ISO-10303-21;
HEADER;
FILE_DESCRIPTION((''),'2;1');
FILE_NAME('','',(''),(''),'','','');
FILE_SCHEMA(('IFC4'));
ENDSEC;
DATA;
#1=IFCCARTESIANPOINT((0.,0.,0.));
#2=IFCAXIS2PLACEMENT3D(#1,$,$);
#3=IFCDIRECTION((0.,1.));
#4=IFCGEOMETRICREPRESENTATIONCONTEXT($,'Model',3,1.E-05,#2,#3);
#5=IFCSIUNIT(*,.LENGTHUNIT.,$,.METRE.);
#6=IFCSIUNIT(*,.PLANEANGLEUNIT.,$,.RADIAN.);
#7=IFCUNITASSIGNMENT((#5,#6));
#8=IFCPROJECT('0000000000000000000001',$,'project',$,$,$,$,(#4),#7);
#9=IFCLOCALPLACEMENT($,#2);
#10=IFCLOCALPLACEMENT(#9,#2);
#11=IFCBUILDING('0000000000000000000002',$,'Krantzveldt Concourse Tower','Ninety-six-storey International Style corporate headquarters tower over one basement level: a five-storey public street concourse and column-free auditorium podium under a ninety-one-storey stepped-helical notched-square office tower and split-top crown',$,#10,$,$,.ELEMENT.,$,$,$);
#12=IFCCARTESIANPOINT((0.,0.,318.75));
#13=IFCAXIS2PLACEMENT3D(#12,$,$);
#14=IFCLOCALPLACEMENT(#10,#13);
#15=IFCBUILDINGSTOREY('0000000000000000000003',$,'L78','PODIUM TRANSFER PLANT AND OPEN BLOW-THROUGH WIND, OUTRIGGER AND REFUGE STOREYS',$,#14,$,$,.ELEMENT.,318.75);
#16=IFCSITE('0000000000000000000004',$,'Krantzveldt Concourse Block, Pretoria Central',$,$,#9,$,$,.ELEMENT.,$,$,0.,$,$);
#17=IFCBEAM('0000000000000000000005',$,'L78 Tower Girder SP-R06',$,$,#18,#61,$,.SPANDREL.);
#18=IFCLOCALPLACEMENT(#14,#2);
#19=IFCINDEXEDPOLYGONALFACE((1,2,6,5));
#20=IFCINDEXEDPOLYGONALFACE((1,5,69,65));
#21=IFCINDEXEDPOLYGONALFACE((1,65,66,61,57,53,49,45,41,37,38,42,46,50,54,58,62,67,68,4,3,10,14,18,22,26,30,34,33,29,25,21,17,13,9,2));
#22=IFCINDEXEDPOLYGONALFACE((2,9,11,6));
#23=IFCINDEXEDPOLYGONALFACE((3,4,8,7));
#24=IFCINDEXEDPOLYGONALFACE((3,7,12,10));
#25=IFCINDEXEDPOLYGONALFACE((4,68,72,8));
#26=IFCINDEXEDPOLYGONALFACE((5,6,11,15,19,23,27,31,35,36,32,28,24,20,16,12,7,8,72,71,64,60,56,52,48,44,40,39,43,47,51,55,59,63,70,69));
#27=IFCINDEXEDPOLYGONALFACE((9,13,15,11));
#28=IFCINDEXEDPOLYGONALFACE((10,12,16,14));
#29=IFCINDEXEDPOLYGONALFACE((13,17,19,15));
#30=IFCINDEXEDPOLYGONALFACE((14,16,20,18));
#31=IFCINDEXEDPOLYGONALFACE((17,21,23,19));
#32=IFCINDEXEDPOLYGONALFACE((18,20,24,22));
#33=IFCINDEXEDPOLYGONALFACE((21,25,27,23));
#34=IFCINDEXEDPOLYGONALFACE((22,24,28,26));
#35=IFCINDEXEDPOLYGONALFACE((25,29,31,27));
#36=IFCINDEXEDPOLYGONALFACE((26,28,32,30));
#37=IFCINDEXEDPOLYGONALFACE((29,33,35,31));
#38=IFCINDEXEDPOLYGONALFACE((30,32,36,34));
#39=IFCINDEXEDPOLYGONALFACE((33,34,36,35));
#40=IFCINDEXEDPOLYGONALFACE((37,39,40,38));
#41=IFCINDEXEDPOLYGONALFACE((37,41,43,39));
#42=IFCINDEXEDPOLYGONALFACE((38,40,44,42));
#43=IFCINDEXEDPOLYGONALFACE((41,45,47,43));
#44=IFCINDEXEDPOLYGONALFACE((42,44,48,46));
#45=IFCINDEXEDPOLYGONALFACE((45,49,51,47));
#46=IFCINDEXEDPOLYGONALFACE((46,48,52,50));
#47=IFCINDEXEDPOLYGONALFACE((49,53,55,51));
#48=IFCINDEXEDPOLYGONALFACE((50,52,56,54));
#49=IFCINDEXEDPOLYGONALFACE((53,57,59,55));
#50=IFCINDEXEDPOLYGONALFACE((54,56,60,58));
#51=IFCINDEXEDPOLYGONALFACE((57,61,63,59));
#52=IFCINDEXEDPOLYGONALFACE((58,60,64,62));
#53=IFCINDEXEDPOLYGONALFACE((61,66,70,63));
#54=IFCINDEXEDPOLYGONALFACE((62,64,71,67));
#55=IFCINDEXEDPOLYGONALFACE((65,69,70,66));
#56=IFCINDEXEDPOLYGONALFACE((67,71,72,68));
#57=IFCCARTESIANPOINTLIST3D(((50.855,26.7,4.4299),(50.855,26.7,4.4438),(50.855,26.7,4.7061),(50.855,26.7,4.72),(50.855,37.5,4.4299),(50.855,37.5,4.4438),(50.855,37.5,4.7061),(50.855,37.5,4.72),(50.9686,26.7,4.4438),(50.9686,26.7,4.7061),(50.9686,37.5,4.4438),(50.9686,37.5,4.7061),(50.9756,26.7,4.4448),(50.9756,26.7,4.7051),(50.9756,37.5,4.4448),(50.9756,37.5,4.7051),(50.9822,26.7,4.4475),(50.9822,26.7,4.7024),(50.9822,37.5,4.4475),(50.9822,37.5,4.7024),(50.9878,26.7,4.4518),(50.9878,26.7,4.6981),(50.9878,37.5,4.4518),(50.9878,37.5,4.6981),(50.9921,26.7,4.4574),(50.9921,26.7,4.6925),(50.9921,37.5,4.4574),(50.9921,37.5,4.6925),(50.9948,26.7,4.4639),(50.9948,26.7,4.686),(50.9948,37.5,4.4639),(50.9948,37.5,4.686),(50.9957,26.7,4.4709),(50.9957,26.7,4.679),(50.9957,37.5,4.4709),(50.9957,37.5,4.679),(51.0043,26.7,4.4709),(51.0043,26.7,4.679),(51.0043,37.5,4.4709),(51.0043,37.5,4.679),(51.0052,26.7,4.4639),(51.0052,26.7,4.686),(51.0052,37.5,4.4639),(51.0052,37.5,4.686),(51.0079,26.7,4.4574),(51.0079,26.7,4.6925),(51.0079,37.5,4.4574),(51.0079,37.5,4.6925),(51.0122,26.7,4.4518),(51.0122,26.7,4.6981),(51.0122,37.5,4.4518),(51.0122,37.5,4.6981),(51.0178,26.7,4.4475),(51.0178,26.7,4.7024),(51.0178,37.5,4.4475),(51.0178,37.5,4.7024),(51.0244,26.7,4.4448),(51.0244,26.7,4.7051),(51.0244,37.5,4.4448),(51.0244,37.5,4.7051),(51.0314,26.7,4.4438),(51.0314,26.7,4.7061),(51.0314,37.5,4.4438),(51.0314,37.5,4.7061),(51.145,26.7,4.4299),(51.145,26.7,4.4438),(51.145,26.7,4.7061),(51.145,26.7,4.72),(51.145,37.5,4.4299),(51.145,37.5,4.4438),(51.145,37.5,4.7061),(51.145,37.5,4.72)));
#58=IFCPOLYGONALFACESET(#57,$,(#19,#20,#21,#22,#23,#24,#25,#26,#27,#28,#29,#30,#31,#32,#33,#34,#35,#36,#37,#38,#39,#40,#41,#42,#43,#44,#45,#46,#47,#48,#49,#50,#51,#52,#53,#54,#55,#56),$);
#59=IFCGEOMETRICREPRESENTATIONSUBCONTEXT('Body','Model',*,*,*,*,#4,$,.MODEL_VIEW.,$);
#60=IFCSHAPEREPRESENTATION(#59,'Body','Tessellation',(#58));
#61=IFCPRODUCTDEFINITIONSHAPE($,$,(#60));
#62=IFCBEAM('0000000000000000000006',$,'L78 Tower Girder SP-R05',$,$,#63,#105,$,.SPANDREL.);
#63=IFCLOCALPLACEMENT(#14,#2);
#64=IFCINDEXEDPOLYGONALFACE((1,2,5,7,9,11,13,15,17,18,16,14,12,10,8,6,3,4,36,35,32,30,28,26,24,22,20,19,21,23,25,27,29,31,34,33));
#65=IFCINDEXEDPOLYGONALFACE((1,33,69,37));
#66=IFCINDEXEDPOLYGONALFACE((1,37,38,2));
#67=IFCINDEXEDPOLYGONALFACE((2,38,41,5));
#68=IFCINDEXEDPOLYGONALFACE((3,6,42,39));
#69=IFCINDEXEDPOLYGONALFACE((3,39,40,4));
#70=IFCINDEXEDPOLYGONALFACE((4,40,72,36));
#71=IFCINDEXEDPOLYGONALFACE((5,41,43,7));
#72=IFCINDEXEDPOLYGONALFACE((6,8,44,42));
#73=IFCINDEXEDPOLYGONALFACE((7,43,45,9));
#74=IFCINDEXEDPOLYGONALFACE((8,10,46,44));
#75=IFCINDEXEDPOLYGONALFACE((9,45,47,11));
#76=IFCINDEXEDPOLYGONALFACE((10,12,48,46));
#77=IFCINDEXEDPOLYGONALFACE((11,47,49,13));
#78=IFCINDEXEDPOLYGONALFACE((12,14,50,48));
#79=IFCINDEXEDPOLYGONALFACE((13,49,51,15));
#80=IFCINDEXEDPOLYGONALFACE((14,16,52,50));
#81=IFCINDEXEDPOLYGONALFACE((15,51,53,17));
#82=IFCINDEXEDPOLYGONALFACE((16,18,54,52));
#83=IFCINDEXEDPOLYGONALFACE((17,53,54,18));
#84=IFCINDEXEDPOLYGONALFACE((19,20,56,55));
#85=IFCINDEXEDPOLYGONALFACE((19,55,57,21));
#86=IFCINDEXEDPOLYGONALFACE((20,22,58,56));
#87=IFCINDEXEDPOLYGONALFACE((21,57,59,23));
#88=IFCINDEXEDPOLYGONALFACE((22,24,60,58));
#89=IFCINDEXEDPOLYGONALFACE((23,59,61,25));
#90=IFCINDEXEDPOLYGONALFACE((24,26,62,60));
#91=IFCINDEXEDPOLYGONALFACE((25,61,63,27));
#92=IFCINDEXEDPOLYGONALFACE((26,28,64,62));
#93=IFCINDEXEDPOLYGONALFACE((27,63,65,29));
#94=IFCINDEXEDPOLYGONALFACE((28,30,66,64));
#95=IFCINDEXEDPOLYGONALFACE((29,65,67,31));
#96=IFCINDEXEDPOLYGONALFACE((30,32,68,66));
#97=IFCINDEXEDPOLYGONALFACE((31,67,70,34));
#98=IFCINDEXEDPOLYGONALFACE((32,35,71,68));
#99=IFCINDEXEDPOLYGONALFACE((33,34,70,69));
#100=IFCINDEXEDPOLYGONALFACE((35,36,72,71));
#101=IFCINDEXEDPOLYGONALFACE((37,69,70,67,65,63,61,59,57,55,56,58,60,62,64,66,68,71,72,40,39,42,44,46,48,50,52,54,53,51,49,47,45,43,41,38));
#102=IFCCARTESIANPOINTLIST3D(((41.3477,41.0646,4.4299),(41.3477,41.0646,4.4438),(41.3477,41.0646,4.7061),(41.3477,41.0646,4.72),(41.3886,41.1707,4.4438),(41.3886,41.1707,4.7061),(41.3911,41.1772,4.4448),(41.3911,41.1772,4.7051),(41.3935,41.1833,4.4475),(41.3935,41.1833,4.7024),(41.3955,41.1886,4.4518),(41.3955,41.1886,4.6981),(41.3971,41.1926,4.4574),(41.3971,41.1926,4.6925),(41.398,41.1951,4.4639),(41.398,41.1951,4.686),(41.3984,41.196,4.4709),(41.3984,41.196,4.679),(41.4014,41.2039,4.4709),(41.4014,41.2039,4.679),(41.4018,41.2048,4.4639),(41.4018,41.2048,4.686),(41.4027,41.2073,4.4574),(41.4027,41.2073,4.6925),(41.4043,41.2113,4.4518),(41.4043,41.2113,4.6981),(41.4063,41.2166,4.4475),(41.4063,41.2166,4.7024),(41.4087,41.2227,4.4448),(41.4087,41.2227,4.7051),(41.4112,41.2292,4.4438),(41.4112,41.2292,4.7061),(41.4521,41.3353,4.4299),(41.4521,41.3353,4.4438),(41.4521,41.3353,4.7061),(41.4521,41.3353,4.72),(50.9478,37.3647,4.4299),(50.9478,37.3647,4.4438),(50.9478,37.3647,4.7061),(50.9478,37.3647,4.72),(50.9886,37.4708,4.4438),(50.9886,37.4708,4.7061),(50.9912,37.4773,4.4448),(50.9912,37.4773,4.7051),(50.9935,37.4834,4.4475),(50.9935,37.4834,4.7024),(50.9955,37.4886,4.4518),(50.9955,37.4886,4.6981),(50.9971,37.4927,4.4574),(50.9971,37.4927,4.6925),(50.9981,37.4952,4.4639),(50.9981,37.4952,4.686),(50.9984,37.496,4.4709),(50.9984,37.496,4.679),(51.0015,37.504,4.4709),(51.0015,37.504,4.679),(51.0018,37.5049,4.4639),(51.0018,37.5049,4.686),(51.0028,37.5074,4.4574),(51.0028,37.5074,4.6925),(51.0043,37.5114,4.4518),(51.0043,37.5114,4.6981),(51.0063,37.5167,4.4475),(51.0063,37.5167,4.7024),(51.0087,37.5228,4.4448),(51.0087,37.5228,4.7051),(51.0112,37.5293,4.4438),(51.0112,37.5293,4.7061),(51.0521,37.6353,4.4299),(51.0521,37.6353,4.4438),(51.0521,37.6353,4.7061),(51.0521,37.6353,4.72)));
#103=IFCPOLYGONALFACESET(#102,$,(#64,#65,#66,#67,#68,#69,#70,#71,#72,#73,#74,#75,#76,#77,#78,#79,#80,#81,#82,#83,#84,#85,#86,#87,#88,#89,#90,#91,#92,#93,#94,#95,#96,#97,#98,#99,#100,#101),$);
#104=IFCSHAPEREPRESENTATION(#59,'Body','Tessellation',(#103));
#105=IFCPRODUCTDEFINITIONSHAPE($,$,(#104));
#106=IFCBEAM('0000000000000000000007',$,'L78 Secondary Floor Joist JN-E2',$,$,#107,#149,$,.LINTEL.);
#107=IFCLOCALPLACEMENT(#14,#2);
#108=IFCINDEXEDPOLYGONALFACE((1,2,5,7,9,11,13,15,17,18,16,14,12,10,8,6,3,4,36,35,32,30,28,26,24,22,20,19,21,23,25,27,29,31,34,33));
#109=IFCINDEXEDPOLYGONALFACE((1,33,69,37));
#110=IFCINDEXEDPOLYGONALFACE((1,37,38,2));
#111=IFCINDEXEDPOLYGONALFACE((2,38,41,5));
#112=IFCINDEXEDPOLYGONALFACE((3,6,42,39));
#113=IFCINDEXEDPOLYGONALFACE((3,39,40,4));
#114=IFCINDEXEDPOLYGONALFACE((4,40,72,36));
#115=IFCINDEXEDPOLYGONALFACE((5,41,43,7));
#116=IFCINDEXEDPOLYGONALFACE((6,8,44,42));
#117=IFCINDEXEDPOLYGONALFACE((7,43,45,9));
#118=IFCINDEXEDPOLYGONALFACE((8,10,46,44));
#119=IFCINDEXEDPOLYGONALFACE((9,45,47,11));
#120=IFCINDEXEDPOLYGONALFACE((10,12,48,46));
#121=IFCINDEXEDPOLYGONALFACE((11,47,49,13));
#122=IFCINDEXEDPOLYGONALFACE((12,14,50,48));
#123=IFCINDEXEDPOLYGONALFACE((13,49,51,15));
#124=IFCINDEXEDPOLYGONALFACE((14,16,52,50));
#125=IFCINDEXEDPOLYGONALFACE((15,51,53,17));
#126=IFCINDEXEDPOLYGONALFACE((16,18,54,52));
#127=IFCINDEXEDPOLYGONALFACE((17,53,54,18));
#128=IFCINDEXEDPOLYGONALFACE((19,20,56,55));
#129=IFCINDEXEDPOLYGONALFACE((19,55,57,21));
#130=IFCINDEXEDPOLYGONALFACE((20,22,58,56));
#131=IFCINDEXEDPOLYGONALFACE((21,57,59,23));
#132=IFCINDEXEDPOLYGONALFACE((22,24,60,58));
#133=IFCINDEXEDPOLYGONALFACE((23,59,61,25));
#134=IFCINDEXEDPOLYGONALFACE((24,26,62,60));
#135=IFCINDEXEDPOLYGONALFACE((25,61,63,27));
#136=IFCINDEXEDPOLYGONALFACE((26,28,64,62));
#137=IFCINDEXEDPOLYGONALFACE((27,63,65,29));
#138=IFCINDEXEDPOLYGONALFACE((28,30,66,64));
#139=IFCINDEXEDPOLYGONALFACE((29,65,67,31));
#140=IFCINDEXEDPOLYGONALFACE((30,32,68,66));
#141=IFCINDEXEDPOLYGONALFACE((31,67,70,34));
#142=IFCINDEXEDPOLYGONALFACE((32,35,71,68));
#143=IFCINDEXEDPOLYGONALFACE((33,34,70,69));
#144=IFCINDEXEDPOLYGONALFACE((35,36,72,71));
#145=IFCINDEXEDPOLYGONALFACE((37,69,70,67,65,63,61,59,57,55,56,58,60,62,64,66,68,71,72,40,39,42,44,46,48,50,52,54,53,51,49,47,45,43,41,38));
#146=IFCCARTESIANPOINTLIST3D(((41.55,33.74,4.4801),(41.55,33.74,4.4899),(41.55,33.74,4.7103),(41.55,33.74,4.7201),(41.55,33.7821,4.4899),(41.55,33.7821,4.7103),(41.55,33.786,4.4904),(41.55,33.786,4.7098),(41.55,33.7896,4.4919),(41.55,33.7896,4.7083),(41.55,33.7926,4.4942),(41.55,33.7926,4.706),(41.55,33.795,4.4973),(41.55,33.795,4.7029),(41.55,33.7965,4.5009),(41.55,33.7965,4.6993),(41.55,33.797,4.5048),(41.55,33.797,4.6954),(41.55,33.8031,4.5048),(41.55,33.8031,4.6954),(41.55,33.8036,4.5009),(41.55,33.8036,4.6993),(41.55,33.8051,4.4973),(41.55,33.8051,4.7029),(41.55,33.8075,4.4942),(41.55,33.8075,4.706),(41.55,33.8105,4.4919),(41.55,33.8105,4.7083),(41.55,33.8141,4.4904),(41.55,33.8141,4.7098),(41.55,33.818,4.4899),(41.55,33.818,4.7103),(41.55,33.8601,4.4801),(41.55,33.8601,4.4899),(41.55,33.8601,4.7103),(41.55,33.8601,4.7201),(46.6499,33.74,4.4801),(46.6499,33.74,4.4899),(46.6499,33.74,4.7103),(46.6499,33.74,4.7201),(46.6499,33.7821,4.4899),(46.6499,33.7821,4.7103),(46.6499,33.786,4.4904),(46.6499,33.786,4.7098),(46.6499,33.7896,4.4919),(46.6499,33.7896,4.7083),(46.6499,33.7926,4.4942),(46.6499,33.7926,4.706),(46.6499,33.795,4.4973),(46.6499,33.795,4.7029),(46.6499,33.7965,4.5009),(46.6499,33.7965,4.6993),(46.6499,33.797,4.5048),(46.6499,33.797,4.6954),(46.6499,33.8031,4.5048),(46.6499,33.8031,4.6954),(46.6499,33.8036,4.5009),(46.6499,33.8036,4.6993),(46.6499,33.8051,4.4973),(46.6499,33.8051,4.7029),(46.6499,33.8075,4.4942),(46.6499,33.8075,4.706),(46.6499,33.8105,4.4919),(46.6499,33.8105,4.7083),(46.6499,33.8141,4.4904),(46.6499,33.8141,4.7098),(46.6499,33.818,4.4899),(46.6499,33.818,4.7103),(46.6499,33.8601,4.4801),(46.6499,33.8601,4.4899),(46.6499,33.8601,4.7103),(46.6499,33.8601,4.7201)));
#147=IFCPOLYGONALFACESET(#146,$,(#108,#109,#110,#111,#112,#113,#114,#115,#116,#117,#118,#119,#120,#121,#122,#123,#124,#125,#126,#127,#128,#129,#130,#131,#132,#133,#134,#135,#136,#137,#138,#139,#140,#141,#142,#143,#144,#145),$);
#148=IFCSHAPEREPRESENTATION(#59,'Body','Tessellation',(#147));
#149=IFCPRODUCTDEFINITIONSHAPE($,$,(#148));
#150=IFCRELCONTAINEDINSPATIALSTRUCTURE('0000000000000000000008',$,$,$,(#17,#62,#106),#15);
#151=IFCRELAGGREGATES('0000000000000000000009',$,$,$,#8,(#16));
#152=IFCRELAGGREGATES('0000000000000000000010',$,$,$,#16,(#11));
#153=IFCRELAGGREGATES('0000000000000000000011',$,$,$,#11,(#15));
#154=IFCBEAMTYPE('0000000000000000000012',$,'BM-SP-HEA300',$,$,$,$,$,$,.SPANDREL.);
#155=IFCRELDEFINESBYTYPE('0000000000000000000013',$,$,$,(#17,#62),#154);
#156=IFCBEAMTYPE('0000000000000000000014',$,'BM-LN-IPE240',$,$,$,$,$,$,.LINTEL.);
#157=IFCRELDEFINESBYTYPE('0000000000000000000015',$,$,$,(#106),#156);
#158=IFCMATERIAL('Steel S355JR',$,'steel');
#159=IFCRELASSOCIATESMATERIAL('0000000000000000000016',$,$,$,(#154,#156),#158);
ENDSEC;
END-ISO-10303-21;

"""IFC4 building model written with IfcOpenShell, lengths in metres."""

from ifc_helpers import new_model, si_unit, direction, frame, origin, origin_2d, place, context, subcontext, project, spatial, i_section, extrude, source, transform, mapped, material, material_profile, profile_set, type_object, type_shapes, element, save


model = new_model("IFC4")

# Units and contexts
model_context = context("Model", 3, precision=1e-05, world=origin(), true_north=direction((0.0, 1.0)))
body_context = subcontext(model_context, "Body", "Model", "MODEL_VIEW")
ifc_project = project(units=[si_unit("LENGTHUNIT", "METRE"), si_unit("PLANEANGLEUNIT", "RADIAN")], contexts=[model_context])

# Site, building, storey
site_placement = place(None, origin())
site = spatial("IfcSite", under=ifc_project, at=site_placement, Name="Krantzveldt Concourse Block, Pretoria Central", CompositionType="ELEMENT", RefElevation=0.0)
building_placement = place(site_placement, origin())
building = spatial("IfcBuilding", under=site, at=building_placement, Name="Krantzveldt Concourse Tower", Description="Ninety-six-storey International Style corporate headquarters tower over one basement level: a five-storey public street concourse and column-free auditorium podium under a ninety-one-storey stepped-helical notched-square office tower and split-top crown", CompositionType="ELEMENT")
storey_placement = place(building_placement, frame((0.0, 0.0, 318.75)))
storey = spatial("IfcBuildingStorey", under=building, at=storey_placement, Name="L78", Description="PODIUM TRANSFER PLANT AND OPEN BLOW-THROUGH WIND, OUTRIGGER AND REFUGE STOREYS", CompositionType="ELEMENT", Elevation=318.75)

# Beams
ifc_material_1 = material(Name="Steel S355JR", Category="steel")
ifc_material_profile_1 = material_profile(ifc_material_1, i_section(OverallWidth=0.29, OverallDepth=0.29, WebThickness=0.0085, FlangeThickness=0.0139, FilletRadius=0.0271, at=origin_2d()), Name="Steel S355JR", Category="steel")
ifc_profile_set_1 = profile_set([ifc_material_profile_1], Name="Steel S355JR - HEA 300")
beam_type_1 = type_object("IfcBeamType", Name="BM-SP-HEA300", PredefinedType="SPANDREL", material=ifc_profile_set_1)
shared_shape_1 = source(origin(), body_context, "Body", "SweptSolid", [
    extrude(i_section(OverallWidth=0.29, OverallDepth=0.29, WebThickness=0.0085, FlangeThickness=0.0139, FilletRadius=0.0271, at=origin_2d()), origin(), (0.0, 0.0, 1.0), 10.8),
])
beam_1_placement = place(storey_placement, frame((51.0, 37.5, 4.575), z_axis=(0.0, -1.0, 0.0), x_axis=(1.0, 0.0, 0.0)))
element("IfcBeam", 1, at=beam_1_placement, inside=storey, type_object=beam_type_1, Name="L78 Tower Girder SP-R06", PredefinedType="SPANDREL", context=body_context, shape_type="MappedRepresentation", body=[
    mapped(shared_shape_1, transform((0.0, 0.0, 0.0), x_axis=(1.0, 0.0, 0.0), y_axis=(0.0, 1.0, 0.0), z_axis=(0.0, 0.0, 1.0), scale=1.0)),
])
shared_shape_2 = source(origin(), body_context, "Body", "SweptSolid", [
    extrude(i_section(OverallWidth=0.29, OverallDepth=0.29, WebThickness=0.0085, FlangeThickness=0.0139, FilletRadius=0.0271, at=origin_2d()), origin(), (0.0, 0.0, 1.0), 10.2883),
])
type_shapes(beam_type_1, [shared_shape_1, shared_shape_2])
beam_2_placement = place(storey_placement, frame((41.3999, 41.2, 4.575), z_axis=(0.933098, -0.359623, 0.0), x_axis=(0.359623, 0.933098, 0.0)))
element("IfcBeam", 2, at=beam_2_placement, inside=storey, type_object=beam_type_1, Name="L78 Tower Girder SP-R05", PredefinedType="SPANDREL", context=body_context, shape_type="MappedRepresentation", body=[
    mapped(shared_shape_2, transform((0.0, 0.0, 0.0), x_axis=(1.0, 0.0, 0.0), y_axis=(0.0, 1.0, 0.0), z_axis=(0.0, 0.0, 1.0), scale=1.0)),
])
ifc_material_profile_2 = material_profile(ifc_material_1, i_section(OverallWidth=0.1201, OverallDepth=0.24, WebThickness=0.0061, FlangeThickness=0.0098, FilletRadius=0.0149, at=origin_2d()), Name="Steel S355JR", Category="steel")
ifc_profile_set_2 = profile_set([ifc_material_profile_2], Name="Steel S355JR - IPE 240")
beam_type_2 = type_object("IfcBeamType", Name="BM-LN-IPE240", PredefinedType="LINTEL", material=ifc_profile_set_2)
shared_shape_3 = source(origin(), body_context, "Body", "SweptSolid", [
    extrude(i_section(OverallWidth=0.1201, OverallDepth=0.24, WebThickness=0.0061, FlangeThickness=0.0098, FilletRadius=0.0149, at=origin_2d()), origin(), (0.0, 0.0, 1.0), 5.0999),
])
type_shapes(beam_type_2, [shared_shape_3])
beam_3_placement = place(storey_placement, frame((41.55, 33.8, 4.6001), z_axis=(1.0, 0.0, 0.0), x_axis=(0.0, 1.0, 0.0)))
element("IfcBeam", 3, at=beam_3_placement, inside=storey, type_object=beam_type_2, Name="L78 Secondary Floor Joist JN-E2", PredefinedType="LINTEL", context=body_context, shape_type="MappedRepresentation", body=[
    mapped(shared_shape_3, transform((0.0, 0.0, 0.0), x_axis=(1.0, 0.0, 0.0), y_axis=(0.0, 1.0, 0.0), z_axis=(0.0, 0.0, 1.0), scale=1.0)),
])

save(model, "model.ifc")
